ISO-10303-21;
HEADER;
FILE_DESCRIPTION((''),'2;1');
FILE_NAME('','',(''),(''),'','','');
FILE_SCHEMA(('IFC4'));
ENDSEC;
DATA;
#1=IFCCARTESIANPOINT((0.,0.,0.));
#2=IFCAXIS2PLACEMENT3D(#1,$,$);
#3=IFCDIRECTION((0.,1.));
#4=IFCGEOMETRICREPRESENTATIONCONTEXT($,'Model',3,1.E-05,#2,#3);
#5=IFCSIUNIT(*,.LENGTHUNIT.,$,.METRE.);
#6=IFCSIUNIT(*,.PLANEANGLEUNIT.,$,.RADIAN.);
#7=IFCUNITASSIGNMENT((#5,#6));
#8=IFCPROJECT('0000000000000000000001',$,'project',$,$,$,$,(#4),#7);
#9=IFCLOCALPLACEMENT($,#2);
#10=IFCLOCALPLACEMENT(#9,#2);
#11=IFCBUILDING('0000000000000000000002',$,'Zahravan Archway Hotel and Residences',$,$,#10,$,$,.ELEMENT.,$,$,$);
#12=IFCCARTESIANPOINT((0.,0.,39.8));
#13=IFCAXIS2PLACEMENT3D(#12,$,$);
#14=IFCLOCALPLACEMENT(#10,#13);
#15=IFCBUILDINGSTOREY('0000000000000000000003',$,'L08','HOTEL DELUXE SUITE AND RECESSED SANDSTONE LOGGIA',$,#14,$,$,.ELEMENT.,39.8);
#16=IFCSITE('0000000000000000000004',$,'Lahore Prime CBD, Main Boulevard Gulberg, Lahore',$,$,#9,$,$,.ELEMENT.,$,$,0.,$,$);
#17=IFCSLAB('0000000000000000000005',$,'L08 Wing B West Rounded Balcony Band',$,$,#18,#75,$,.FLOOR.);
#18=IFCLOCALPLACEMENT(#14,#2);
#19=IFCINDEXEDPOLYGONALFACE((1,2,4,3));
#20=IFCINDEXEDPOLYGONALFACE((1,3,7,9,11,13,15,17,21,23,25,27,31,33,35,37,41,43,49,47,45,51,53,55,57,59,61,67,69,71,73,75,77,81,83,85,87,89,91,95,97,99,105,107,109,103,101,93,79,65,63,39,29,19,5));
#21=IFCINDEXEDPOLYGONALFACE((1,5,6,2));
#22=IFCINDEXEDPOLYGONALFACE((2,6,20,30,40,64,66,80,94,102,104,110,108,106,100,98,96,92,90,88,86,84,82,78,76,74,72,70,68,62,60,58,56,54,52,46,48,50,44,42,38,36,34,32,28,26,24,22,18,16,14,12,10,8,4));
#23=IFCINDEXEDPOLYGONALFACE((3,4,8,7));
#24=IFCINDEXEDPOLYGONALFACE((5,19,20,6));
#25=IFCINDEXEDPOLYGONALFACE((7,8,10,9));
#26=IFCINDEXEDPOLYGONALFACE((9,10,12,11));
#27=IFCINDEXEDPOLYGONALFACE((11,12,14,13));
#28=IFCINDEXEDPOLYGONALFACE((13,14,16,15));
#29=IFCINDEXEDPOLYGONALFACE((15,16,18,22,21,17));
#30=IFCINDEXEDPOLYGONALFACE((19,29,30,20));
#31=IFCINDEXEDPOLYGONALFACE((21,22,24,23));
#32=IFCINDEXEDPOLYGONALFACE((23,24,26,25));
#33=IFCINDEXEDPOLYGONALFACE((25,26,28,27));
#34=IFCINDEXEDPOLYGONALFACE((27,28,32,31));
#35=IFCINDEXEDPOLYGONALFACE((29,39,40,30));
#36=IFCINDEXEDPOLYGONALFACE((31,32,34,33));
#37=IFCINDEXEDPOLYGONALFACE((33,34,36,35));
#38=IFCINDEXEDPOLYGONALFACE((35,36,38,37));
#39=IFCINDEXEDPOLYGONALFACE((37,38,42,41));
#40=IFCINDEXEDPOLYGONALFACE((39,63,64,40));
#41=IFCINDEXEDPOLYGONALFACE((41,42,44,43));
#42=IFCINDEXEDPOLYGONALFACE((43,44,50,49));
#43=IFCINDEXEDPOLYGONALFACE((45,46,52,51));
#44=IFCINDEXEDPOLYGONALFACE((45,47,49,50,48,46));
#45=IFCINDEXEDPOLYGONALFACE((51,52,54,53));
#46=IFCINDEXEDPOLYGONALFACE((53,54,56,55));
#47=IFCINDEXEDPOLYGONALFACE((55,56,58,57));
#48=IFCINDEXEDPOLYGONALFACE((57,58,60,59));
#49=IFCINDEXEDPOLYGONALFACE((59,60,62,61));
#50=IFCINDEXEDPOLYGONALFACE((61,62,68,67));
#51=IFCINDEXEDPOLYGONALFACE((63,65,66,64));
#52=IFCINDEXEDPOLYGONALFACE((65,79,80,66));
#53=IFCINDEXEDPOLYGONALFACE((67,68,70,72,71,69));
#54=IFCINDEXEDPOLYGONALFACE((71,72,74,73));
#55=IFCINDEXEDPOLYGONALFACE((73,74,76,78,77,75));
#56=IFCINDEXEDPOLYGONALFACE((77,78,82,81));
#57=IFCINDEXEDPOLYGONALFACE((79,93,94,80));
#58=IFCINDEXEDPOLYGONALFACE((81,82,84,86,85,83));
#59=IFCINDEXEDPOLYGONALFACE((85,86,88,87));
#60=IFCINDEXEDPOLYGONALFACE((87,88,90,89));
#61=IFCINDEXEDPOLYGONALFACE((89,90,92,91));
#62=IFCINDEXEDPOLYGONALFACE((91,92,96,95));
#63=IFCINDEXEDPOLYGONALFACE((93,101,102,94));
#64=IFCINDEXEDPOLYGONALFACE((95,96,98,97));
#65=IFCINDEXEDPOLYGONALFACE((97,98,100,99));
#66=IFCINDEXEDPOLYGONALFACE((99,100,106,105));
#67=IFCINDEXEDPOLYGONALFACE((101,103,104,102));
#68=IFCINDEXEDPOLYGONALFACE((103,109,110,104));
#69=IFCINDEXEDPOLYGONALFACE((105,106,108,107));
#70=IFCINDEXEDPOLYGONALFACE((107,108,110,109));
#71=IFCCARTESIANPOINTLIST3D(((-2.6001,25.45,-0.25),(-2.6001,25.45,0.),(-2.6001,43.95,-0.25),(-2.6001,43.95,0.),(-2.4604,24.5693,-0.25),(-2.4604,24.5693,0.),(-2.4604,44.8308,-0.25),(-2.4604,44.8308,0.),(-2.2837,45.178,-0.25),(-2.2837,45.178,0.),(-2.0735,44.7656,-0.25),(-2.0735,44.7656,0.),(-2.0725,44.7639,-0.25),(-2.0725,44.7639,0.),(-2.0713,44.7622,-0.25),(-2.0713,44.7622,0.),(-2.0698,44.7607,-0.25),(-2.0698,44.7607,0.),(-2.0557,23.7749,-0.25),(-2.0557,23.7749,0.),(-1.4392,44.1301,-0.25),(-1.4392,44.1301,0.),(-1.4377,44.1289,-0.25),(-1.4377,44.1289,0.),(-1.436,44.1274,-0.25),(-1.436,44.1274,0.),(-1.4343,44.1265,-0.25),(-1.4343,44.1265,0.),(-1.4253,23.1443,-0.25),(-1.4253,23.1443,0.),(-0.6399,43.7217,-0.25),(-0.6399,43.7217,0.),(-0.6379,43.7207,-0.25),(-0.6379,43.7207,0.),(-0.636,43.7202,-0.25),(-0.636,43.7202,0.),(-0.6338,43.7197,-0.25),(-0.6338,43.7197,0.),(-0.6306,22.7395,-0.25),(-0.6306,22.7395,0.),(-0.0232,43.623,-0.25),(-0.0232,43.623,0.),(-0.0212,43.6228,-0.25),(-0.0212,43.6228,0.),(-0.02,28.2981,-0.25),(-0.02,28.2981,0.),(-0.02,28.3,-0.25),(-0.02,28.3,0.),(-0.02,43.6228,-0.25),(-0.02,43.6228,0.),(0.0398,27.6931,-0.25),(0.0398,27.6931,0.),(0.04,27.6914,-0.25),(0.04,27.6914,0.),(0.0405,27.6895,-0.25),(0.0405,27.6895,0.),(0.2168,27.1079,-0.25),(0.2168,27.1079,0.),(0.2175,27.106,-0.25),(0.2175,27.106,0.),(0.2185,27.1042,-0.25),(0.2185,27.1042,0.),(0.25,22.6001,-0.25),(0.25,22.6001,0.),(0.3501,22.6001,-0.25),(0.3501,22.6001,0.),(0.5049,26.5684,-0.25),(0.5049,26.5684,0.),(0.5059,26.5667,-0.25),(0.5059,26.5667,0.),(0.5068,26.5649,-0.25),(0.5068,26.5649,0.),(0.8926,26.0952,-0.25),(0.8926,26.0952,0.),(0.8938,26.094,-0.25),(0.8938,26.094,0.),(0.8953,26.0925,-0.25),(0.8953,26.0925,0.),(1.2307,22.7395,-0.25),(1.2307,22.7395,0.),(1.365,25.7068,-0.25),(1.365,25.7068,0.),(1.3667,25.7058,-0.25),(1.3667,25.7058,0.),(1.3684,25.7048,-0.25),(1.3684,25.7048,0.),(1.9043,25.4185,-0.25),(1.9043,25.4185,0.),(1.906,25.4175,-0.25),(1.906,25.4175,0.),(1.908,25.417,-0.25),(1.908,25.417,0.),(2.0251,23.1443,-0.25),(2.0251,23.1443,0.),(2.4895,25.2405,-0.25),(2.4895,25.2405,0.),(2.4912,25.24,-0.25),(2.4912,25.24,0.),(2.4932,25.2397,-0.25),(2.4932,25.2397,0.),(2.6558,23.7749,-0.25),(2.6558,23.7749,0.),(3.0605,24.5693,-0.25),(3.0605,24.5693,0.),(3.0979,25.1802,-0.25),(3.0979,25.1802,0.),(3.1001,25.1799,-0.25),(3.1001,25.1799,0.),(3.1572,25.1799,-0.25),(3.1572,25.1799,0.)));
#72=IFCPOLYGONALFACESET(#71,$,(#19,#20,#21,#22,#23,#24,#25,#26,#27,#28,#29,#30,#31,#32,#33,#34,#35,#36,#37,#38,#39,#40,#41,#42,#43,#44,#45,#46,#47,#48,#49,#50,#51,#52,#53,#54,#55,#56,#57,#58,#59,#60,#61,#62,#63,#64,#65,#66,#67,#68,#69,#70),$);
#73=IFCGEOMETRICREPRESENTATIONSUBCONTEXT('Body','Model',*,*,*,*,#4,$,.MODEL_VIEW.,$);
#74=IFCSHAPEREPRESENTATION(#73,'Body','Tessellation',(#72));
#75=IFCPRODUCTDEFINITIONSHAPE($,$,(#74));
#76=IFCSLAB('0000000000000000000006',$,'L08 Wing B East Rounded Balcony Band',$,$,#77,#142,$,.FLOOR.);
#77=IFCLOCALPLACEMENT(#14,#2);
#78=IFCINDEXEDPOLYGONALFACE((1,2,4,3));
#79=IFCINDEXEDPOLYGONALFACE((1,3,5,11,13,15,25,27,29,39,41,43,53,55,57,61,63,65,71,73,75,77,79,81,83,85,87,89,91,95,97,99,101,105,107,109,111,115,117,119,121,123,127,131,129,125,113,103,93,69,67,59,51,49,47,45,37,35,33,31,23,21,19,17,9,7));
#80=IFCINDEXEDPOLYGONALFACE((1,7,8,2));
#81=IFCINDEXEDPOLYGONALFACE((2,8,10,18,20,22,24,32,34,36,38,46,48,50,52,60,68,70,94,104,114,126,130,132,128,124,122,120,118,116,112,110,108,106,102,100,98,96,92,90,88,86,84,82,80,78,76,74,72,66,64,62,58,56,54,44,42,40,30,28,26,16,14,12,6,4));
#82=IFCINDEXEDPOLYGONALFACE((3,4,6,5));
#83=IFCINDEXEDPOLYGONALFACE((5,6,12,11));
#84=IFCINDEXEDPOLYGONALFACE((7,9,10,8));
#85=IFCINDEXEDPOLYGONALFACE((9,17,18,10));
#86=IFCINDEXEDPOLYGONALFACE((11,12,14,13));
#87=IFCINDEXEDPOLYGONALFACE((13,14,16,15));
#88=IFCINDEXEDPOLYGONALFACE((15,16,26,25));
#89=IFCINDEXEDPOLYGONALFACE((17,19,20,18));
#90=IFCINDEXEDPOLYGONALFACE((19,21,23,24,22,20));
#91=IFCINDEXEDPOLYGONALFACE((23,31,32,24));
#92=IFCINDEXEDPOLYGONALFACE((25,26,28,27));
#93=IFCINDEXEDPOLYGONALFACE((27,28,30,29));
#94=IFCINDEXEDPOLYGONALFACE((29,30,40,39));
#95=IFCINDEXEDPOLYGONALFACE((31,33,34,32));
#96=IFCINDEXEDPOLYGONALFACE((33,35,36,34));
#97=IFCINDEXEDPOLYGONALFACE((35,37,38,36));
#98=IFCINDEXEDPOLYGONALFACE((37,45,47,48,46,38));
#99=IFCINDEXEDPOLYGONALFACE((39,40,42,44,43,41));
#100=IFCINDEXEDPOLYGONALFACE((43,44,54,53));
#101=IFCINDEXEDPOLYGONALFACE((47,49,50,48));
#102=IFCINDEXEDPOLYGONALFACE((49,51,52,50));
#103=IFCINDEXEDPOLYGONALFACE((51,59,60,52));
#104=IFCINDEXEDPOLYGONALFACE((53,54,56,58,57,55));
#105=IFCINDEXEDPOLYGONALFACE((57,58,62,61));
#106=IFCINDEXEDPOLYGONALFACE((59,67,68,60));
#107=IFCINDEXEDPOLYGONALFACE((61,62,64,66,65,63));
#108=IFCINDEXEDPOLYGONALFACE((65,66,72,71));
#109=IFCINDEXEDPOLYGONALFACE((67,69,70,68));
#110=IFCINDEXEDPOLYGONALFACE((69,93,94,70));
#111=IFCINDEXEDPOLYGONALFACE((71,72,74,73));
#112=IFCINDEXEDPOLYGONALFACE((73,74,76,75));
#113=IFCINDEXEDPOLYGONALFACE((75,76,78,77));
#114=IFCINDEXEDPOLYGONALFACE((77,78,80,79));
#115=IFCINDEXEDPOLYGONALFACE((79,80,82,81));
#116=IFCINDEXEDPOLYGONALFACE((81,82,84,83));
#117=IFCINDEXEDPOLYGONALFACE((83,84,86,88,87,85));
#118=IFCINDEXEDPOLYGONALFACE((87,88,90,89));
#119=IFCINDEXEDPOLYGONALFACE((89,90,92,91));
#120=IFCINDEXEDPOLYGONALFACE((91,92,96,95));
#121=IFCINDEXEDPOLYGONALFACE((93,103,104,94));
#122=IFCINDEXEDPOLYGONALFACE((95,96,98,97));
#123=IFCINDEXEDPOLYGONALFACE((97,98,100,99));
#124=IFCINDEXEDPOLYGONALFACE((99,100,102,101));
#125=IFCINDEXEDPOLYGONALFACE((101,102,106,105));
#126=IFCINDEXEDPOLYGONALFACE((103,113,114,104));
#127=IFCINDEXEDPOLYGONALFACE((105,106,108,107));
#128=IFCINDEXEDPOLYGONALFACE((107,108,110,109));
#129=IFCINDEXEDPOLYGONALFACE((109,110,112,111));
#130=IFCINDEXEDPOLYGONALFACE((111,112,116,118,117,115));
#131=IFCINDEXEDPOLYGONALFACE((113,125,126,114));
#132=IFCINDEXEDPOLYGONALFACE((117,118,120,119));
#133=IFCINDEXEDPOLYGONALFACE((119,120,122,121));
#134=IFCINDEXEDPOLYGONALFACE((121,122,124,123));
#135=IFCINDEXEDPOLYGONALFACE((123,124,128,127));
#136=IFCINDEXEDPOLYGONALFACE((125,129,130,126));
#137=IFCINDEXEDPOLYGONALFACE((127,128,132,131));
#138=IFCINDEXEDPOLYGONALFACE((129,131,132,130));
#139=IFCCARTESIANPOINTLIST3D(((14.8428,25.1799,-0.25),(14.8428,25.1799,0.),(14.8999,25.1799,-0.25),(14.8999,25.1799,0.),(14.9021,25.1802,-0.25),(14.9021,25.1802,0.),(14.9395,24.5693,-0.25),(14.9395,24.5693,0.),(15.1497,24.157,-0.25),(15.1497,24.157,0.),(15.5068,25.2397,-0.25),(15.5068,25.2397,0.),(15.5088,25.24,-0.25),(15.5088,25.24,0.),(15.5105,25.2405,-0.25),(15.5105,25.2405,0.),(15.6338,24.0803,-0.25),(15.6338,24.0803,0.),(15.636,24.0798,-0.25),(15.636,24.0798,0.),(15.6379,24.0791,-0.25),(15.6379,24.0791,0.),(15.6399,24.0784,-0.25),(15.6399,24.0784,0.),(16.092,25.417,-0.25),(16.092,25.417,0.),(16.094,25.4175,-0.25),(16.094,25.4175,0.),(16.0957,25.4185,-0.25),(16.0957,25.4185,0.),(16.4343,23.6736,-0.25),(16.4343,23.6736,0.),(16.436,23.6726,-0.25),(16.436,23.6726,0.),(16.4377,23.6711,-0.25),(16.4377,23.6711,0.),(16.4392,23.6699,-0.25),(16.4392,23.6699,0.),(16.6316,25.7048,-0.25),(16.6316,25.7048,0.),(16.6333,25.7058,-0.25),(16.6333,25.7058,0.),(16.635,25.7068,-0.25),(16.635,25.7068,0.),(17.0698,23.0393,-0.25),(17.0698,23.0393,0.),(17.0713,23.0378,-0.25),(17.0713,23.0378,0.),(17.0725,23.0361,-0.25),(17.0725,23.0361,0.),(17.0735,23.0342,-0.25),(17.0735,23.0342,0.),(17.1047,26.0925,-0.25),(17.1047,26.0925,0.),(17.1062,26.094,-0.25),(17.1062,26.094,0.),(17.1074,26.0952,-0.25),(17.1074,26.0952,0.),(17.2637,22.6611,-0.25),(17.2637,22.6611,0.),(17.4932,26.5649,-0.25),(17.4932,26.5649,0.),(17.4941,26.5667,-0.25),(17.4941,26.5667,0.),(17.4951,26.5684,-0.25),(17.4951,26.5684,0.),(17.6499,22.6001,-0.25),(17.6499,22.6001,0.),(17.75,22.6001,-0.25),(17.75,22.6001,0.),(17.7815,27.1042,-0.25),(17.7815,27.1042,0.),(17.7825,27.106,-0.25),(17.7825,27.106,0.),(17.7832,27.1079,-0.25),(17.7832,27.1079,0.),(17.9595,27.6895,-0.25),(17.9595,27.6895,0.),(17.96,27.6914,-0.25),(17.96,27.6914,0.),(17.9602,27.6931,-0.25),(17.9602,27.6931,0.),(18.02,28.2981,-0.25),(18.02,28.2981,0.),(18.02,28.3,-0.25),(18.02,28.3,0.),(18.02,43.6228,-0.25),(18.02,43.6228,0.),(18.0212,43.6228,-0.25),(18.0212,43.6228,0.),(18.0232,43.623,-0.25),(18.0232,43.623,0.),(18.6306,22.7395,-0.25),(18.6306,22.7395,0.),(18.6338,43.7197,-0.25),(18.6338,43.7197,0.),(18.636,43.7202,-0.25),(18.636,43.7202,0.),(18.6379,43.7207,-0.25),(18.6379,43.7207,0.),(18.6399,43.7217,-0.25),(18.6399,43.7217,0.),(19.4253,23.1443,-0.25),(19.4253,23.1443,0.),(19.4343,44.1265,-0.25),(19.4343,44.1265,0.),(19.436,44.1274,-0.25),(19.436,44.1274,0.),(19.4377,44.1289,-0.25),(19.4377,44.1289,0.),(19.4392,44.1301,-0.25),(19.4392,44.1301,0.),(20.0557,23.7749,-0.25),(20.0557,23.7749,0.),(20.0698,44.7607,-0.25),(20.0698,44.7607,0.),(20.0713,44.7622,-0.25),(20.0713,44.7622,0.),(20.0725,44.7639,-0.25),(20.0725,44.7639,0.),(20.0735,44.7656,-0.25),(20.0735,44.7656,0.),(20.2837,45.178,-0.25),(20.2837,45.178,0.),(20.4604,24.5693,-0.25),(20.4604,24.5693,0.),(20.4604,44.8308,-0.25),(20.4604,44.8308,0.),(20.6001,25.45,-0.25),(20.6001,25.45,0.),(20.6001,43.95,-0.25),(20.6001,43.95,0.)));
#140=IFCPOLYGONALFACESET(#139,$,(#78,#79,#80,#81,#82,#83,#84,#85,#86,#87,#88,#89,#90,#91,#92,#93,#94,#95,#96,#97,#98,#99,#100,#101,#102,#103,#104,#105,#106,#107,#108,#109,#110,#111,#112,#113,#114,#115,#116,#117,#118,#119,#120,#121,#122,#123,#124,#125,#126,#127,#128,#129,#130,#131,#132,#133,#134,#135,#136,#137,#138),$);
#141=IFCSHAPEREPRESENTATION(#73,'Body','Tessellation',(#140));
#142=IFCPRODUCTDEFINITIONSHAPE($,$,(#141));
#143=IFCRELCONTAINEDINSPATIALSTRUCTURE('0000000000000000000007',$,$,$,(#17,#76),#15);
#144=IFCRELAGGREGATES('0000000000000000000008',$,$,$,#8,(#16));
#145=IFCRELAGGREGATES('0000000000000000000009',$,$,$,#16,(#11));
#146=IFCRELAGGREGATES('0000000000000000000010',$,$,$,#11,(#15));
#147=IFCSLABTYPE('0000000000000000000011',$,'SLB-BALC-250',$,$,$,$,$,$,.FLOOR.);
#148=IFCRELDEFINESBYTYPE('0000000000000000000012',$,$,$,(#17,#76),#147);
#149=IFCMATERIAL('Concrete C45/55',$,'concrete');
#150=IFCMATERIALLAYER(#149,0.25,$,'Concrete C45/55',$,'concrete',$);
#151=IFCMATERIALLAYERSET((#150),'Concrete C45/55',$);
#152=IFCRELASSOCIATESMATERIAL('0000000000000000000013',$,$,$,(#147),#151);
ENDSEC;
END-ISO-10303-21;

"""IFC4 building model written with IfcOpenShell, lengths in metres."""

from ifc_helpers import new_model, si_unit, direction, frame, origin, place, context, subcontext, project, spatial, polyline, outline, extrude, material, layer, layer_set, type_object, element, save


model = new_model("IFC4")

# Units and contexts
model_context = context("Model", 3, precision=1e-05, world=origin(), true_north=direction((0.0, 1.0)))
body_context = subcontext(model_context, "Body", "Model", "MODEL_VIEW")
ifc_project = project(units=[si_unit("LENGTHUNIT", "METRE"), si_unit("PLANEANGLEUNIT", "RADIAN")], contexts=[model_context])

# Site, building, storey
site_placement = place(None, origin())
site = spatial("IfcSite", under=ifc_project, at=site_placement, Name="Lahore Prime CBD, Main Boulevard Gulberg, Lahore", CompositionType="ELEMENT", RefElevation=0.0)
building_placement = place(site_placement, origin())
building = spatial("IfcBuilding", under=site, at=building_placement, Name="Zahravan Archway Hotel and Residences", CompositionType="ELEMENT")
storey_placement = place(building_placement, frame((0.0, 0.0, 39.8)))
storey = spatial("IfcBuildingStorey", under=building, at=storey_placement, Name="L08", Description="HOTEL DELUXE SUITE AND RECESSED SANDSTONE LOGGIA", CompositionType="ELEMENT", Elevation=39.8)

# Slabs
ifc_material_1 = material(Name="Concrete C45/55", Category="concrete")
ifc_layer_1 = layer(ifc_material_1, 0.25, Name="Concrete C45/55", Category="concrete")
ifc_layer_set_1 = layer_set([ifc_layer_1], Name="Concrete C45/55")
slab_type_1 = type_object("IfcSlabType", Name="SLB-BALC-250", PredefinedType="FLOOR", material=ifc_layer_set_1)
slab_1_placement = place(storey_placement, frame((0.0, 0.0, -0.25)))
element("IfcSlab", 1, at=slab_1_placement, inside=storey, type_object=slab_type_1, Name="L08 Wing B West Rounded Balcony Band", PredefinedType="FLOOR", context=body_context, shape_type="SweptSolid", body=[
    extrude(outline(polyline([(3.0605, 24.5693), (2.6558, 23.7749), (2.0251, 23.1443), (1.2307, 22.7395), (0.3501, 22.6001), (0.25, 22.6001), (-0.6306, 22.7395), (-1.4253, 23.1443), (-2.0557, 23.7749), (-2.4604, 24.5693), (-2.6001, 25.45), (-2.6001, 43.95), (-2.4604, 44.8308), (-2.2837, 45.178), (-2.0735, 44.7656), (-2.0725, 44.7639), (-2.0713, 44.7622), (-2.0698, 44.7607), (-1.4392, 44.1301), (-1.4377, 44.1289), (-1.436, 44.1274), (-1.4343, 44.1265), (-0.6399, 43.7217), (-0.6379, 43.7207), (-0.636, 43.7202), (-0.6338, 43.7197), (-0.0232, 43.623), (-0.0212, 43.6228), (-0.02, 43.6228), (-0.02, 28.3), (-0.02, 28.2981), (0.0398, 27.6931), (0.04, 27.6914), (0.0405, 27.6895), (0.2168, 27.1079), (0.2175, 27.106), (0.2185, 27.1042), (0.5049, 26.5684), (0.5059, 26.5667), (0.5068, 26.5649), (0.8926, 26.0952), (0.8938, 26.094), (0.8953, 26.0925), (1.365, 25.7068), (1.3667, 25.7058), (1.3684, 25.7048), (1.9043, 25.4185), (1.906, 25.4175), (1.908, 25.417), (2.4895, 25.2405), (2.4912, 25.24), (2.4932, 25.2397), (3.0979, 25.1802), (3.1001, 25.1799), (3.1572, 25.1799), (3.0605, 24.5693)])), origin(), (0.0, 0.0, 1.0), 0.25),
])
slab_2_placement = place(storey_placement, frame((0.0, 0.0, -0.25)))
element("IfcSlab", 2, at=slab_2_placement, inside=storey, type_object=slab_type_1, Name="L08 Wing B East Rounded Balcony Band", PredefinedType="FLOOR", context=body_context, shape_type="SweptSolid", body=[
    extrude(outline(polyline([(20.4604, 44.8308), (20.6001, 43.95), (20.6001, 25.45), (20.4604, 24.5693), (20.0557, 23.7749), (19.4253, 23.1443), (18.6306, 22.7395), (17.75, 22.6001), (17.6499, 22.6001), (17.2637, 22.6611), (17.0735, 23.0342), (17.0725, 23.0361), (17.0713, 23.0378), (17.0698, 23.0393), (16.4392, 23.6699), (16.4377, 23.6711), (16.436, 23.6726), (16.4343, 23.6736), (15.6399, 24.0784), (15.6379, 24.0791), (15.636, 24.0798), (15.6338, 24.0803), (15.1497, 24.157), (14.9395, 24.5693), (14.8428, 25.1799), (14.8999, 25.1799), (14.9021, 25.1802), (15.5068, 25.2397), (15.5088, 25.24), (15.5105, 25.2405), (16.092, 25.417), (16.094, 25.4175), (16.0957, 25.4185), (16.6316, 25.7048), (16.6333, 25.7058), (16.635, 25.7068), (17.1047, 26.0925), (17.1062, 26.094), (17.1074, 26.0952), (17.4932, 26.5649), (17.4941, 26.5667), (17.4951, 26.5684), (17.7815, 27.1042), (17.7825, 27.106), (17.7832, 27.1079), (17.9595, 27.6895), (17.96, 27.6914), (17.9602, 27.6931), (18.02, 28.2981), (18.02, 28.3), (18.02, 43.6228), (18.0212, 43.6228), (18.0232, 43.623), (18.6338, 43.7197), (18.636, 43.7202), (18.6379, 43.7207), (18.6399, 43.7217), (19.4343, 44.1265), (19.436, 44.1274), (19.4377, 44.1289), (19.4392, 44.1301), (20.0698, 44.7607), (20.0713, 44.7622), (20.0725, 44.7639), (20.0735, 44.7656), (20.2837, 45.178), (20.4604, 44.8308)])), origin(), (0.0, 0.0, 1.0), 0.25),
])

save(model, "model.ifc")
